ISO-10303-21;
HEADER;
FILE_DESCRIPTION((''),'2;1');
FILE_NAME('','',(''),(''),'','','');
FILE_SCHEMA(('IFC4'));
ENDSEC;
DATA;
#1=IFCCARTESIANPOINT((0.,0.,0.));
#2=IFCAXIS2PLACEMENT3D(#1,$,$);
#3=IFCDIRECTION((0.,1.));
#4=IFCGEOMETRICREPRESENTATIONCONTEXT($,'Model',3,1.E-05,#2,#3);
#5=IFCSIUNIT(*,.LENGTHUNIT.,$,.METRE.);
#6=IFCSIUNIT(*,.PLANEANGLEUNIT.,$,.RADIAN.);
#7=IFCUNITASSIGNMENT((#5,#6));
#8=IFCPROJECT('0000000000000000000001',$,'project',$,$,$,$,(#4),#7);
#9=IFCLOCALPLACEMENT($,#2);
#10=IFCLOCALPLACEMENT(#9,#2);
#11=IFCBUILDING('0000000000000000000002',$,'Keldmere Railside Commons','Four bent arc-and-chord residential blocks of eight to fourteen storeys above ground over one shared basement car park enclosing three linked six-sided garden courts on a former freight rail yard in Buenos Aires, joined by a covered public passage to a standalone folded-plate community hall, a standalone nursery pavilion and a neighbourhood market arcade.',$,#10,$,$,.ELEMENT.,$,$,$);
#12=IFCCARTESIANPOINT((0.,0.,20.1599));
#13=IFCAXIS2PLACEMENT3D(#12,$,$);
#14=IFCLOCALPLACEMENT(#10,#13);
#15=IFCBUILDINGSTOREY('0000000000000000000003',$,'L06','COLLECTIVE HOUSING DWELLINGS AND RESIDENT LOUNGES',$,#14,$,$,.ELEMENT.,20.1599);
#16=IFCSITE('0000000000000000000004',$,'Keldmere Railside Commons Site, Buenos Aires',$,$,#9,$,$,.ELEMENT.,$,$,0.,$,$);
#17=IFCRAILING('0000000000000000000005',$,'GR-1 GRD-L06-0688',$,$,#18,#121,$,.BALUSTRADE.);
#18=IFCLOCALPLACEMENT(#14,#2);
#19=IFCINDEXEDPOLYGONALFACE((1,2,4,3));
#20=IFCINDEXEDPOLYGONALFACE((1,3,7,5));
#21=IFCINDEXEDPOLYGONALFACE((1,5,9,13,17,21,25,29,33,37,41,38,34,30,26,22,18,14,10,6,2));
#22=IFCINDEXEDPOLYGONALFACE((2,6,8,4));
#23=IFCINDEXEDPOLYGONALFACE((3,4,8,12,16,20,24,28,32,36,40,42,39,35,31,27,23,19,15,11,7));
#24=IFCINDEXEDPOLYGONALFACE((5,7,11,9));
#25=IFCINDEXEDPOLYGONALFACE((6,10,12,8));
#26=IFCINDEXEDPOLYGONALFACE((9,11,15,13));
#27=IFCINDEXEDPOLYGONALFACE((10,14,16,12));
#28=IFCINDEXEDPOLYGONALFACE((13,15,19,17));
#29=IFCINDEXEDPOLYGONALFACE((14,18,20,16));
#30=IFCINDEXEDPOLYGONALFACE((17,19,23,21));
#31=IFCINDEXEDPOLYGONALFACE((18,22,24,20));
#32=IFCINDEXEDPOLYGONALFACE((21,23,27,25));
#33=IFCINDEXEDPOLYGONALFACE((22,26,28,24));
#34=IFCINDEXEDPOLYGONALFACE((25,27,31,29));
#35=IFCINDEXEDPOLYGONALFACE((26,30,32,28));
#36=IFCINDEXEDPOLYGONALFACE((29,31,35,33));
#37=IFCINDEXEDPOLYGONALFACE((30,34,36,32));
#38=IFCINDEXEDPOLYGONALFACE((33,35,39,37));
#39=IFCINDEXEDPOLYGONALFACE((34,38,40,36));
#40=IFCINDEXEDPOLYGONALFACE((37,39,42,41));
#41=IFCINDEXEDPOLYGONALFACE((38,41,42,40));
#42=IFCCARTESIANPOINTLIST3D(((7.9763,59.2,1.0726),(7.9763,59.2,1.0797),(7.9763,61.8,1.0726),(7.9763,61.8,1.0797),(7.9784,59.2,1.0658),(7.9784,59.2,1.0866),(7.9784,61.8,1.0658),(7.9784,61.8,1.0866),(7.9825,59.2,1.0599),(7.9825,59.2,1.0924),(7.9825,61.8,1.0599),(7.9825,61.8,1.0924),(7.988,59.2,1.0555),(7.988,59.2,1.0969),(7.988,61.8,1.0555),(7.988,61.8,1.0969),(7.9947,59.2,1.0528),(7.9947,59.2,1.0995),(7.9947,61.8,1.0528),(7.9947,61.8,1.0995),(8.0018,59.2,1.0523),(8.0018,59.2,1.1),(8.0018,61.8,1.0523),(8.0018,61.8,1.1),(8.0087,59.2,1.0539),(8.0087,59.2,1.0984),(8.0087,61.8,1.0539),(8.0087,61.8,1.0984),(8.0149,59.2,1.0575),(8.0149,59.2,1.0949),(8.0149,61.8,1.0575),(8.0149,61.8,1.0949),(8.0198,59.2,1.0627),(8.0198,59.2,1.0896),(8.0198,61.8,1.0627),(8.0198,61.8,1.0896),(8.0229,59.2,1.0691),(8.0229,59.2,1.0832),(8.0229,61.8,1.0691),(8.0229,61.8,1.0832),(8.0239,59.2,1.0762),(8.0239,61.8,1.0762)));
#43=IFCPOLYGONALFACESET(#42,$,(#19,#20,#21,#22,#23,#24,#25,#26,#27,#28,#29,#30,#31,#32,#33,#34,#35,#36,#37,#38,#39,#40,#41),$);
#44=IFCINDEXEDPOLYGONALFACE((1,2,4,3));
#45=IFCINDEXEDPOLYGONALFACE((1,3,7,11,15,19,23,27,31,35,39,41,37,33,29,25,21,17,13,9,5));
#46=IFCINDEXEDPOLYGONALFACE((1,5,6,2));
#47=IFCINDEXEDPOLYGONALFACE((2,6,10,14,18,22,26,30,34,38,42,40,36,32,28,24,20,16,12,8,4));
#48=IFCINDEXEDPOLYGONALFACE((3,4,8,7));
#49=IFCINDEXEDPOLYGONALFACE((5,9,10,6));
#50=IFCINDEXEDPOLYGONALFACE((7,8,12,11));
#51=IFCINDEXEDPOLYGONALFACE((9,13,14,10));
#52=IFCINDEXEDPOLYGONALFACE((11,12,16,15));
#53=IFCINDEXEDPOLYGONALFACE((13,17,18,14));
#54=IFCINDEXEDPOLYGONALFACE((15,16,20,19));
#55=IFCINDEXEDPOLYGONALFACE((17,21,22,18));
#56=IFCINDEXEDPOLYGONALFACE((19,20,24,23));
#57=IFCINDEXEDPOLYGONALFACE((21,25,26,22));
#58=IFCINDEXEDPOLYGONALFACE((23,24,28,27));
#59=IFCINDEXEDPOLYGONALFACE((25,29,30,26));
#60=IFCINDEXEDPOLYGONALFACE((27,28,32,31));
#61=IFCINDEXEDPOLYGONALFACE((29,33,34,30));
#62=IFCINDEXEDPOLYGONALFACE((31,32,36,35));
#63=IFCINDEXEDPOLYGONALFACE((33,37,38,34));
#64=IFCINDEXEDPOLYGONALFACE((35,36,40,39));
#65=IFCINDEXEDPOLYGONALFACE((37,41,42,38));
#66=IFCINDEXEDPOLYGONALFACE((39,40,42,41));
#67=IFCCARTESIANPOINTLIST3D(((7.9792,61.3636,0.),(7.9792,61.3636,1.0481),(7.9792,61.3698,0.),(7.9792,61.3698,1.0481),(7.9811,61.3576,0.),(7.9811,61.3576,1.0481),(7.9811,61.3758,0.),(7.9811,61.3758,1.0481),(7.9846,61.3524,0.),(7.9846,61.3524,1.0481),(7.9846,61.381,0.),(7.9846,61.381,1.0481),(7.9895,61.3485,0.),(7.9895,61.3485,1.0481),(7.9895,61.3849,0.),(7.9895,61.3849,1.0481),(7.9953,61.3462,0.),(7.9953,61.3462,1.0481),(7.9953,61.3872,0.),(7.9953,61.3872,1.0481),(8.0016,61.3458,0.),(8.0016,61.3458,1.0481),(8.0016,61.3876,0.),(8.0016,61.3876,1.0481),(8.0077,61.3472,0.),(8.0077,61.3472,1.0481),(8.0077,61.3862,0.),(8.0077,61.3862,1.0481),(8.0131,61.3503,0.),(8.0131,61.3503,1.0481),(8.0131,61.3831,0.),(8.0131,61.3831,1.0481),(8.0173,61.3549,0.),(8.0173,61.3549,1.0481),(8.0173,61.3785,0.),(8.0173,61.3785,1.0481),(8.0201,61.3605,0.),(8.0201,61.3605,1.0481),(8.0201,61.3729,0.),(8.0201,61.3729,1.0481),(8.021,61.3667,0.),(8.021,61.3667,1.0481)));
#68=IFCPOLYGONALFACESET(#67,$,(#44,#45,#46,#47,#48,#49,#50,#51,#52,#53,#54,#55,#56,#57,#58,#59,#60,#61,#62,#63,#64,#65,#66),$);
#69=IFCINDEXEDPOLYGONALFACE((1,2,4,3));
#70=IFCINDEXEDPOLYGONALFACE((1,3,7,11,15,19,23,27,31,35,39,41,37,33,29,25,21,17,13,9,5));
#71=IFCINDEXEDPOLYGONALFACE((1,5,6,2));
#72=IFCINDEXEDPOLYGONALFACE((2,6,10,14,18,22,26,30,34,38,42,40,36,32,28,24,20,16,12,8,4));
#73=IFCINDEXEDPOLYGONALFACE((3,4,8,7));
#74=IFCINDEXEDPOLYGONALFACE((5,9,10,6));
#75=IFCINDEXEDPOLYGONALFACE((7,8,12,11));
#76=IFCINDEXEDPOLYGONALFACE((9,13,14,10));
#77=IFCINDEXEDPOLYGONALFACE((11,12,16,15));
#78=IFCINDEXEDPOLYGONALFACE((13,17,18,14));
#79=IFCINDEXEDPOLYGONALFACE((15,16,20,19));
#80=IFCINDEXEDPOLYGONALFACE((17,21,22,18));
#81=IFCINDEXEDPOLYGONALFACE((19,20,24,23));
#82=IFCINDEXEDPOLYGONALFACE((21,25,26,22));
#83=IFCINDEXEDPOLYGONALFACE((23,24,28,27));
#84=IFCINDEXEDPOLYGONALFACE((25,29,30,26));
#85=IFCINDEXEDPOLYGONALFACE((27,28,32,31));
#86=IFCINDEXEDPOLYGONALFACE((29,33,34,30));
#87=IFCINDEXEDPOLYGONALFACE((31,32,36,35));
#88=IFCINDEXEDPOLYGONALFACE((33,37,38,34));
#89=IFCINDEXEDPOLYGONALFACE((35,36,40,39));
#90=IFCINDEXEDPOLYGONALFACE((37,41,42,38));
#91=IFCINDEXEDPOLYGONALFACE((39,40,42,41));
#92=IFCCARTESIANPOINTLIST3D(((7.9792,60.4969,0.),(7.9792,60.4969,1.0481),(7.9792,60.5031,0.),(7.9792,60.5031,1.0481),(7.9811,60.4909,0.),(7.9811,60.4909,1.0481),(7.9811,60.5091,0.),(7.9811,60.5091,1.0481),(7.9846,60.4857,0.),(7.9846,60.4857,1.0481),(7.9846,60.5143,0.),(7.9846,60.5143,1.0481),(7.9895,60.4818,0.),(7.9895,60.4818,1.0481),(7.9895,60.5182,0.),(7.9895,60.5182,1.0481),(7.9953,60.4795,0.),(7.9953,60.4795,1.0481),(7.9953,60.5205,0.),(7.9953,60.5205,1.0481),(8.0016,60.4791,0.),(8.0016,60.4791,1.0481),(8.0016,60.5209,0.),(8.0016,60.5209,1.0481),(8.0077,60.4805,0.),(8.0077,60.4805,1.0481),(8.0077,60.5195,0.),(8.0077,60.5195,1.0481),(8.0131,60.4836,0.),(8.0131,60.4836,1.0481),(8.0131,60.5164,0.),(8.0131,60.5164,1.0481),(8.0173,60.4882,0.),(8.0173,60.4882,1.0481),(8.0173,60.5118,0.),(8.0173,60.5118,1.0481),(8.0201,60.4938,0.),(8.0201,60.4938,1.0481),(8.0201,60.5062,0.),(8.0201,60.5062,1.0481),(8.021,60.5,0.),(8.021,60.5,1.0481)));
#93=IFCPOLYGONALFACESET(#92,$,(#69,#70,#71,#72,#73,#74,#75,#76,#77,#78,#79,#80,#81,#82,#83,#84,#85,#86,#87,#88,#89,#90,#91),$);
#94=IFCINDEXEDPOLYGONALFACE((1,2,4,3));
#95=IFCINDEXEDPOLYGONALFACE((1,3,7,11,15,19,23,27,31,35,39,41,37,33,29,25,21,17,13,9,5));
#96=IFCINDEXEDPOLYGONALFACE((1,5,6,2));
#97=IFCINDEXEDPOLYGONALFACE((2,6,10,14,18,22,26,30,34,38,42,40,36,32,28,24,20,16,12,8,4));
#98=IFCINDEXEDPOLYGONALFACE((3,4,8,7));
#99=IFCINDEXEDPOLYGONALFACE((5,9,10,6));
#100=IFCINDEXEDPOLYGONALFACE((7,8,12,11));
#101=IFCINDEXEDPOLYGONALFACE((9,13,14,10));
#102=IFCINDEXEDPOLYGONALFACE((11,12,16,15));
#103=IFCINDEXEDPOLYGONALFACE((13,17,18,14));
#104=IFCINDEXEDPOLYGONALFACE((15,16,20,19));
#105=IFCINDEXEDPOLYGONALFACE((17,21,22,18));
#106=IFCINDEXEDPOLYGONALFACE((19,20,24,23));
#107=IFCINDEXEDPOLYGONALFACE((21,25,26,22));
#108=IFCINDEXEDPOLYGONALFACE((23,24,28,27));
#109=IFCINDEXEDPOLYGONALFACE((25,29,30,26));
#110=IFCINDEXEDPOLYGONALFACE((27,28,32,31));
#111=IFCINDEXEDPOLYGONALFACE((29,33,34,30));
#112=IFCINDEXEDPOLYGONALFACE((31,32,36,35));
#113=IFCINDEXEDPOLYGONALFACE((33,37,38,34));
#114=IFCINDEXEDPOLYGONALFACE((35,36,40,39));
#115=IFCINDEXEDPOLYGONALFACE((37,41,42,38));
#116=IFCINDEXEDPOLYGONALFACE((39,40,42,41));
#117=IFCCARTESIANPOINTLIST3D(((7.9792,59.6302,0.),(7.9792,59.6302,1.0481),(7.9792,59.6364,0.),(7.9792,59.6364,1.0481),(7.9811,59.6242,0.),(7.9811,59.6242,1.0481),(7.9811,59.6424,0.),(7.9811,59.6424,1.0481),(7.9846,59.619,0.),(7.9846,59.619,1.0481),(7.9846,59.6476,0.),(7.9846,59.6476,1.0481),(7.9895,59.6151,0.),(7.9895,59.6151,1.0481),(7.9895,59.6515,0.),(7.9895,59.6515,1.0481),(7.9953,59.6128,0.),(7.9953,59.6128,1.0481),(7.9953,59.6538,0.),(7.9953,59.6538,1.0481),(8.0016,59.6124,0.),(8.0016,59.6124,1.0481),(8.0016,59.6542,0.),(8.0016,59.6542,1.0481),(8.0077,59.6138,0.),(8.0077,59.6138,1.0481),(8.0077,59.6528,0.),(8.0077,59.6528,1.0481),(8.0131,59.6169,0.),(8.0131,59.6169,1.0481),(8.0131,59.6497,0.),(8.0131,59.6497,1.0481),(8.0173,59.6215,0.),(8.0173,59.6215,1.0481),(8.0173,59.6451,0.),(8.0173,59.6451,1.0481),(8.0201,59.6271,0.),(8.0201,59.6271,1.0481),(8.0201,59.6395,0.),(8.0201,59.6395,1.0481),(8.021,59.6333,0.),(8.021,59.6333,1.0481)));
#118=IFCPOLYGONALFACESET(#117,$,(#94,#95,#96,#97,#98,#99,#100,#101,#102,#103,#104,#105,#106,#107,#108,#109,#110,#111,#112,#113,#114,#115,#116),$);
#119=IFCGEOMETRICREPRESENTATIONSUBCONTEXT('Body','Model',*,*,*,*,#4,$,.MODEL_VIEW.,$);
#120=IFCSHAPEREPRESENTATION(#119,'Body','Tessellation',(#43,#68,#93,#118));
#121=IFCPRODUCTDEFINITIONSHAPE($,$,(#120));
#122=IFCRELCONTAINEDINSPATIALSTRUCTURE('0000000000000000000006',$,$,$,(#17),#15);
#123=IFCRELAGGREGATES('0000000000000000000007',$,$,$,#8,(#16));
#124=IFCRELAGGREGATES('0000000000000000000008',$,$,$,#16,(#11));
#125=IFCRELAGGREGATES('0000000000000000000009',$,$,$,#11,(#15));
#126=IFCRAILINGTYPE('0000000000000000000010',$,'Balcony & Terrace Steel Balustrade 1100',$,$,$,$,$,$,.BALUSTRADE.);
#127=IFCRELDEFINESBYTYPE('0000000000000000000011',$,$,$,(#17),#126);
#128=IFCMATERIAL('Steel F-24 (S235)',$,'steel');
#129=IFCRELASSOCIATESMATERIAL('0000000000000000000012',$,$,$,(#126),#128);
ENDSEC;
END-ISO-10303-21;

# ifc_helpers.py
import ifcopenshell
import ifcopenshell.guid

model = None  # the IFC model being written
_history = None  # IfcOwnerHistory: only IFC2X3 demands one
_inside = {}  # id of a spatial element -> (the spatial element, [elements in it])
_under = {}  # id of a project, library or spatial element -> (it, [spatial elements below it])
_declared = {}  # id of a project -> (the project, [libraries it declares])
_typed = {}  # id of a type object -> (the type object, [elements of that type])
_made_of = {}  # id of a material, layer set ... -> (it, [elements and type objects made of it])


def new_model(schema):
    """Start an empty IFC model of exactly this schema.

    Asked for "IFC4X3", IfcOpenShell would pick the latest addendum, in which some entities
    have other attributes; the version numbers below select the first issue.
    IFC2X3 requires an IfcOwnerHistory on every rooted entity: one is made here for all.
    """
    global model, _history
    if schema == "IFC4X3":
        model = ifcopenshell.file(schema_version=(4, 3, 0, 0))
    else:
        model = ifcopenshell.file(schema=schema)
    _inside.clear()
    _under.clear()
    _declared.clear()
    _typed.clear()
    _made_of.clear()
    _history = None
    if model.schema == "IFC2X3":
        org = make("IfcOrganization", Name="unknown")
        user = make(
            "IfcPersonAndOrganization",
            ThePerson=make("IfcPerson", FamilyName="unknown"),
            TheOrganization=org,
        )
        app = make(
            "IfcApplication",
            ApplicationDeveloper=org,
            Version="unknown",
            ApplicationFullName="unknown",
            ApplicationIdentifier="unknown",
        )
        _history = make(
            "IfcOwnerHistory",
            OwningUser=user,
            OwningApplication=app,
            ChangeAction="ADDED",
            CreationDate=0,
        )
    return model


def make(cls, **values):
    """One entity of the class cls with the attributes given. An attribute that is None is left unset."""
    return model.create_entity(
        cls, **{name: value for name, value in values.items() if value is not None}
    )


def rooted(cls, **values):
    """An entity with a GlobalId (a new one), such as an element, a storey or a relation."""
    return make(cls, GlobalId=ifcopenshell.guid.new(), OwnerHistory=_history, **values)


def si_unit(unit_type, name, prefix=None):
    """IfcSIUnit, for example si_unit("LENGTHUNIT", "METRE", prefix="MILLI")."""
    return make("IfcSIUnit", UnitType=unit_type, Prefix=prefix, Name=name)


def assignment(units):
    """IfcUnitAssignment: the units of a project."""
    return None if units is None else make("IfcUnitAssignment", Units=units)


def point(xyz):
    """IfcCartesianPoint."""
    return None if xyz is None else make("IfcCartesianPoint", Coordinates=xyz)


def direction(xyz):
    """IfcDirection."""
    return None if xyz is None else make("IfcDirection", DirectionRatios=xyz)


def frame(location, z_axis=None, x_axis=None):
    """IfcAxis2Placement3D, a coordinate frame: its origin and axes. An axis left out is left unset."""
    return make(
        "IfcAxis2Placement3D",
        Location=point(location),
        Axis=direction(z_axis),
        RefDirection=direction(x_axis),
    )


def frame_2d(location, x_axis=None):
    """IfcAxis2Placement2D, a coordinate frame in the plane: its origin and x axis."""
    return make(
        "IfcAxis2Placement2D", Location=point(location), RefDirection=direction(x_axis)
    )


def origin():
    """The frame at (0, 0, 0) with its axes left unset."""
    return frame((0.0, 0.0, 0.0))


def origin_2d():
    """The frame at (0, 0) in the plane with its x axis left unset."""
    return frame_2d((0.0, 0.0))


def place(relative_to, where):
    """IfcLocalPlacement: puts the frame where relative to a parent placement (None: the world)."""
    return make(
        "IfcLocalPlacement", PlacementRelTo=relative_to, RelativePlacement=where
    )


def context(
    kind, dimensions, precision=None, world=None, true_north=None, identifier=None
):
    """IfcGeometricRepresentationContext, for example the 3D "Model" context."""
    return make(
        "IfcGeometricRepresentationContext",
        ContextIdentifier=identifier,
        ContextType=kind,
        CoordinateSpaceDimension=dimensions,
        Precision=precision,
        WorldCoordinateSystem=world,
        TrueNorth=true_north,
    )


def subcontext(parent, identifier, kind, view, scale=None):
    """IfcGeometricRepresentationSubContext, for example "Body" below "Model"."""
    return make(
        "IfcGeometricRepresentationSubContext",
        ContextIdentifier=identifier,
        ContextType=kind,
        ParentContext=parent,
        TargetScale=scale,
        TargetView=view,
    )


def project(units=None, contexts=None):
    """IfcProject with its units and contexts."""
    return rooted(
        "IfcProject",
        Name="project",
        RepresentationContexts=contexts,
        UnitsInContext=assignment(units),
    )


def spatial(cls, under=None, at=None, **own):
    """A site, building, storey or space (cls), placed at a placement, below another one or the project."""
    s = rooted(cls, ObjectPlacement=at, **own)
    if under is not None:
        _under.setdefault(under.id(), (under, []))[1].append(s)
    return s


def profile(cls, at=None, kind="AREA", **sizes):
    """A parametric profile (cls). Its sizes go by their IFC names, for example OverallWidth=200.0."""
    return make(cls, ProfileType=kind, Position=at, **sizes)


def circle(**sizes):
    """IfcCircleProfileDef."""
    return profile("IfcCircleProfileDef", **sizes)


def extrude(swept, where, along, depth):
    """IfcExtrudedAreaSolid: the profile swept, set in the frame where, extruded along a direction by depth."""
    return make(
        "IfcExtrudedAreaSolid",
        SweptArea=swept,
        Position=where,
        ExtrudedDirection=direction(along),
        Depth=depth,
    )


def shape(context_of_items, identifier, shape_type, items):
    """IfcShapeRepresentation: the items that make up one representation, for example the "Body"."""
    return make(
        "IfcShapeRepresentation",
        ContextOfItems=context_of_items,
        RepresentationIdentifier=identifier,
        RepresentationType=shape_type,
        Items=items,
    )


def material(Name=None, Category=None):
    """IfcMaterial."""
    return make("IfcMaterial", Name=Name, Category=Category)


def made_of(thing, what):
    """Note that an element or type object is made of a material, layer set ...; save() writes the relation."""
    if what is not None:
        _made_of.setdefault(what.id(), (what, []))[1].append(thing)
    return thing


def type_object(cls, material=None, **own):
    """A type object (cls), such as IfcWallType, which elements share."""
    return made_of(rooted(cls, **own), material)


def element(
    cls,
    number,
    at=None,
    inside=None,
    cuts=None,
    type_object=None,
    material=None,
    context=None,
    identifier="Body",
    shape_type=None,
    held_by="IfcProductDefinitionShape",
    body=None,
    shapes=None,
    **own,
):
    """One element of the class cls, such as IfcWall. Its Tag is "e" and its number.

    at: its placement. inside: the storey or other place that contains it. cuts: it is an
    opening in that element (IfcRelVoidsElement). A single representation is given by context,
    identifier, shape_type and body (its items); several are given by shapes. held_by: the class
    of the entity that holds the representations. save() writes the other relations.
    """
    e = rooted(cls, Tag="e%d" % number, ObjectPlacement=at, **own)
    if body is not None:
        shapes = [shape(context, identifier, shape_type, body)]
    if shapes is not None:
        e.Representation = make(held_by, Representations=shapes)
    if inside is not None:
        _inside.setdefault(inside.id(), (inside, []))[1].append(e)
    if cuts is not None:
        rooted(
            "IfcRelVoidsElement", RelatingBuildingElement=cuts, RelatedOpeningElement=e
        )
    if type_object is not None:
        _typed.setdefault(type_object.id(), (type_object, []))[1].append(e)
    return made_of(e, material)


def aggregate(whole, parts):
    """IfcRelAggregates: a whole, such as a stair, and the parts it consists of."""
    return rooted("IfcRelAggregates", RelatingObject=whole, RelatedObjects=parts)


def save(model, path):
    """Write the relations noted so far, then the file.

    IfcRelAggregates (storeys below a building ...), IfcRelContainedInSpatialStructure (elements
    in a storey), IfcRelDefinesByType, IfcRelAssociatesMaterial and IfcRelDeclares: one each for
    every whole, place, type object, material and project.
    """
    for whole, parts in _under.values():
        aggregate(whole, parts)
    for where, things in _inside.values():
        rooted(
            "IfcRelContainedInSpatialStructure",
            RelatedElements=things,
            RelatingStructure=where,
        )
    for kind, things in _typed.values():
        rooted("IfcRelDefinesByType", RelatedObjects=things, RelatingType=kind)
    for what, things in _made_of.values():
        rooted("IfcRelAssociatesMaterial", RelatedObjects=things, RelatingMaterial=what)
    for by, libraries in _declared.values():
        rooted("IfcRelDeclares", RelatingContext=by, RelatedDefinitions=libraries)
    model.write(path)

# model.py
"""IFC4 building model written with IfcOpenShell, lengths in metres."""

from ifc_helpers import new_model, si_unit, direction, frame, origin, origin_2d, place, context, subcontext, project, spatial, circle, extrude, material, type_object, element, save


model = new_model("IFC4")

# Units and contexts
model_context = context("Model", 3, precision=1e-05, world=origin(), true_north=direction((0.0, 1.0)))
body_context = subcontext(model_context, "Body", "Model", "MODEL_VIEW")
ifc_project = project(units=[si_unit("LENGTHUNIT", "METRE"), si_unit("PLANEANGLEUNIT", "RADIAN")], contexts=[model_context])

# Site, building, storey
site_placement = place(None, origin())
site = spatial("IfcSite", under=ifc_project, at=site_placement, Name="Keldmere Railside Commons Site, Buenos Aires", CompositionType="ELEMENT", RefElevation=0.0)
building_placement = place(site_placement, origin())
building = spatial("IfcBuilding", under=site, at=building_placement, Name="Keldmere Railside Commons", Description="Four bent arc-and-chord residential blocks of eight to fourteen storeys above ground over one shared basement car park enclosing three linked six-sided garden courts on a former freight rail yard in Buenos Aires, joined by a covered public passage to a standalone folded-plate community hall, a standalone nursery pavilion and a neighbourhood market arcade.", CompositionType="ELEMENT")
storey_placement = place(building_placement, frame((0.0, 0.0, 20.1599)))
storey = spatial("IfcBuildingStorey", under=building, at=storey_placement, Name="L06", Description="COLLECTIVE HOUSING DWELLINGS AND RESIDENT LOUNGES", CompositionType="ELEMENT", Elevation=20.1599)

# Shared definitions
ifc_material_1 = material(Name="Steel F-24 (S235)", Category="steel")

# Railing
railing_type = type_object("IfcRailingType", Name="Balcony & Terrace Steel Balustrade 1100", PredefinedType="BALUSTRADE", material=ifc_material_1)
railing_1_placement = place(storey_placement, frame((8.0, 61.8, 0.0)))
element("IfcRailing", 1, at=railing_1_placement, inside=storey, type_object=railing_type, Name="GR-1 GRD-L06-0688", PredefinedType="BALUSTRADE", context=body_context, shape_type="SweptSolid", body=[
    extrude(circle(Radius=0.0239, at=origin_2d()), frame((0.0, 0.0, 1.0762), z_axis=(0.0, -1.0, 0.0), x_axis=(1.0, 0.0, 0.0)), (0.0, 0.0, 1.0), 2.6001),
    extrude(circle(Radius=0.021, at=origin_2d()), frame((0.0, -0.4333, 0.0)), (0.0, 0.0, 1.0), 1.0481),
    extrude(circle(Radius=0.021, at=origin_2d()), frame((0.0, -1.3, 0.0)), (0.0, 0.0, 1.0), 1.0481),
    extrude(circle(Radius=0.021, at=origin_2d()), frame((0.0, -2.1667, 0.0)), (0.0, 0.0, 1.0), 1.0481),
])

save(model, "model.ifc")
